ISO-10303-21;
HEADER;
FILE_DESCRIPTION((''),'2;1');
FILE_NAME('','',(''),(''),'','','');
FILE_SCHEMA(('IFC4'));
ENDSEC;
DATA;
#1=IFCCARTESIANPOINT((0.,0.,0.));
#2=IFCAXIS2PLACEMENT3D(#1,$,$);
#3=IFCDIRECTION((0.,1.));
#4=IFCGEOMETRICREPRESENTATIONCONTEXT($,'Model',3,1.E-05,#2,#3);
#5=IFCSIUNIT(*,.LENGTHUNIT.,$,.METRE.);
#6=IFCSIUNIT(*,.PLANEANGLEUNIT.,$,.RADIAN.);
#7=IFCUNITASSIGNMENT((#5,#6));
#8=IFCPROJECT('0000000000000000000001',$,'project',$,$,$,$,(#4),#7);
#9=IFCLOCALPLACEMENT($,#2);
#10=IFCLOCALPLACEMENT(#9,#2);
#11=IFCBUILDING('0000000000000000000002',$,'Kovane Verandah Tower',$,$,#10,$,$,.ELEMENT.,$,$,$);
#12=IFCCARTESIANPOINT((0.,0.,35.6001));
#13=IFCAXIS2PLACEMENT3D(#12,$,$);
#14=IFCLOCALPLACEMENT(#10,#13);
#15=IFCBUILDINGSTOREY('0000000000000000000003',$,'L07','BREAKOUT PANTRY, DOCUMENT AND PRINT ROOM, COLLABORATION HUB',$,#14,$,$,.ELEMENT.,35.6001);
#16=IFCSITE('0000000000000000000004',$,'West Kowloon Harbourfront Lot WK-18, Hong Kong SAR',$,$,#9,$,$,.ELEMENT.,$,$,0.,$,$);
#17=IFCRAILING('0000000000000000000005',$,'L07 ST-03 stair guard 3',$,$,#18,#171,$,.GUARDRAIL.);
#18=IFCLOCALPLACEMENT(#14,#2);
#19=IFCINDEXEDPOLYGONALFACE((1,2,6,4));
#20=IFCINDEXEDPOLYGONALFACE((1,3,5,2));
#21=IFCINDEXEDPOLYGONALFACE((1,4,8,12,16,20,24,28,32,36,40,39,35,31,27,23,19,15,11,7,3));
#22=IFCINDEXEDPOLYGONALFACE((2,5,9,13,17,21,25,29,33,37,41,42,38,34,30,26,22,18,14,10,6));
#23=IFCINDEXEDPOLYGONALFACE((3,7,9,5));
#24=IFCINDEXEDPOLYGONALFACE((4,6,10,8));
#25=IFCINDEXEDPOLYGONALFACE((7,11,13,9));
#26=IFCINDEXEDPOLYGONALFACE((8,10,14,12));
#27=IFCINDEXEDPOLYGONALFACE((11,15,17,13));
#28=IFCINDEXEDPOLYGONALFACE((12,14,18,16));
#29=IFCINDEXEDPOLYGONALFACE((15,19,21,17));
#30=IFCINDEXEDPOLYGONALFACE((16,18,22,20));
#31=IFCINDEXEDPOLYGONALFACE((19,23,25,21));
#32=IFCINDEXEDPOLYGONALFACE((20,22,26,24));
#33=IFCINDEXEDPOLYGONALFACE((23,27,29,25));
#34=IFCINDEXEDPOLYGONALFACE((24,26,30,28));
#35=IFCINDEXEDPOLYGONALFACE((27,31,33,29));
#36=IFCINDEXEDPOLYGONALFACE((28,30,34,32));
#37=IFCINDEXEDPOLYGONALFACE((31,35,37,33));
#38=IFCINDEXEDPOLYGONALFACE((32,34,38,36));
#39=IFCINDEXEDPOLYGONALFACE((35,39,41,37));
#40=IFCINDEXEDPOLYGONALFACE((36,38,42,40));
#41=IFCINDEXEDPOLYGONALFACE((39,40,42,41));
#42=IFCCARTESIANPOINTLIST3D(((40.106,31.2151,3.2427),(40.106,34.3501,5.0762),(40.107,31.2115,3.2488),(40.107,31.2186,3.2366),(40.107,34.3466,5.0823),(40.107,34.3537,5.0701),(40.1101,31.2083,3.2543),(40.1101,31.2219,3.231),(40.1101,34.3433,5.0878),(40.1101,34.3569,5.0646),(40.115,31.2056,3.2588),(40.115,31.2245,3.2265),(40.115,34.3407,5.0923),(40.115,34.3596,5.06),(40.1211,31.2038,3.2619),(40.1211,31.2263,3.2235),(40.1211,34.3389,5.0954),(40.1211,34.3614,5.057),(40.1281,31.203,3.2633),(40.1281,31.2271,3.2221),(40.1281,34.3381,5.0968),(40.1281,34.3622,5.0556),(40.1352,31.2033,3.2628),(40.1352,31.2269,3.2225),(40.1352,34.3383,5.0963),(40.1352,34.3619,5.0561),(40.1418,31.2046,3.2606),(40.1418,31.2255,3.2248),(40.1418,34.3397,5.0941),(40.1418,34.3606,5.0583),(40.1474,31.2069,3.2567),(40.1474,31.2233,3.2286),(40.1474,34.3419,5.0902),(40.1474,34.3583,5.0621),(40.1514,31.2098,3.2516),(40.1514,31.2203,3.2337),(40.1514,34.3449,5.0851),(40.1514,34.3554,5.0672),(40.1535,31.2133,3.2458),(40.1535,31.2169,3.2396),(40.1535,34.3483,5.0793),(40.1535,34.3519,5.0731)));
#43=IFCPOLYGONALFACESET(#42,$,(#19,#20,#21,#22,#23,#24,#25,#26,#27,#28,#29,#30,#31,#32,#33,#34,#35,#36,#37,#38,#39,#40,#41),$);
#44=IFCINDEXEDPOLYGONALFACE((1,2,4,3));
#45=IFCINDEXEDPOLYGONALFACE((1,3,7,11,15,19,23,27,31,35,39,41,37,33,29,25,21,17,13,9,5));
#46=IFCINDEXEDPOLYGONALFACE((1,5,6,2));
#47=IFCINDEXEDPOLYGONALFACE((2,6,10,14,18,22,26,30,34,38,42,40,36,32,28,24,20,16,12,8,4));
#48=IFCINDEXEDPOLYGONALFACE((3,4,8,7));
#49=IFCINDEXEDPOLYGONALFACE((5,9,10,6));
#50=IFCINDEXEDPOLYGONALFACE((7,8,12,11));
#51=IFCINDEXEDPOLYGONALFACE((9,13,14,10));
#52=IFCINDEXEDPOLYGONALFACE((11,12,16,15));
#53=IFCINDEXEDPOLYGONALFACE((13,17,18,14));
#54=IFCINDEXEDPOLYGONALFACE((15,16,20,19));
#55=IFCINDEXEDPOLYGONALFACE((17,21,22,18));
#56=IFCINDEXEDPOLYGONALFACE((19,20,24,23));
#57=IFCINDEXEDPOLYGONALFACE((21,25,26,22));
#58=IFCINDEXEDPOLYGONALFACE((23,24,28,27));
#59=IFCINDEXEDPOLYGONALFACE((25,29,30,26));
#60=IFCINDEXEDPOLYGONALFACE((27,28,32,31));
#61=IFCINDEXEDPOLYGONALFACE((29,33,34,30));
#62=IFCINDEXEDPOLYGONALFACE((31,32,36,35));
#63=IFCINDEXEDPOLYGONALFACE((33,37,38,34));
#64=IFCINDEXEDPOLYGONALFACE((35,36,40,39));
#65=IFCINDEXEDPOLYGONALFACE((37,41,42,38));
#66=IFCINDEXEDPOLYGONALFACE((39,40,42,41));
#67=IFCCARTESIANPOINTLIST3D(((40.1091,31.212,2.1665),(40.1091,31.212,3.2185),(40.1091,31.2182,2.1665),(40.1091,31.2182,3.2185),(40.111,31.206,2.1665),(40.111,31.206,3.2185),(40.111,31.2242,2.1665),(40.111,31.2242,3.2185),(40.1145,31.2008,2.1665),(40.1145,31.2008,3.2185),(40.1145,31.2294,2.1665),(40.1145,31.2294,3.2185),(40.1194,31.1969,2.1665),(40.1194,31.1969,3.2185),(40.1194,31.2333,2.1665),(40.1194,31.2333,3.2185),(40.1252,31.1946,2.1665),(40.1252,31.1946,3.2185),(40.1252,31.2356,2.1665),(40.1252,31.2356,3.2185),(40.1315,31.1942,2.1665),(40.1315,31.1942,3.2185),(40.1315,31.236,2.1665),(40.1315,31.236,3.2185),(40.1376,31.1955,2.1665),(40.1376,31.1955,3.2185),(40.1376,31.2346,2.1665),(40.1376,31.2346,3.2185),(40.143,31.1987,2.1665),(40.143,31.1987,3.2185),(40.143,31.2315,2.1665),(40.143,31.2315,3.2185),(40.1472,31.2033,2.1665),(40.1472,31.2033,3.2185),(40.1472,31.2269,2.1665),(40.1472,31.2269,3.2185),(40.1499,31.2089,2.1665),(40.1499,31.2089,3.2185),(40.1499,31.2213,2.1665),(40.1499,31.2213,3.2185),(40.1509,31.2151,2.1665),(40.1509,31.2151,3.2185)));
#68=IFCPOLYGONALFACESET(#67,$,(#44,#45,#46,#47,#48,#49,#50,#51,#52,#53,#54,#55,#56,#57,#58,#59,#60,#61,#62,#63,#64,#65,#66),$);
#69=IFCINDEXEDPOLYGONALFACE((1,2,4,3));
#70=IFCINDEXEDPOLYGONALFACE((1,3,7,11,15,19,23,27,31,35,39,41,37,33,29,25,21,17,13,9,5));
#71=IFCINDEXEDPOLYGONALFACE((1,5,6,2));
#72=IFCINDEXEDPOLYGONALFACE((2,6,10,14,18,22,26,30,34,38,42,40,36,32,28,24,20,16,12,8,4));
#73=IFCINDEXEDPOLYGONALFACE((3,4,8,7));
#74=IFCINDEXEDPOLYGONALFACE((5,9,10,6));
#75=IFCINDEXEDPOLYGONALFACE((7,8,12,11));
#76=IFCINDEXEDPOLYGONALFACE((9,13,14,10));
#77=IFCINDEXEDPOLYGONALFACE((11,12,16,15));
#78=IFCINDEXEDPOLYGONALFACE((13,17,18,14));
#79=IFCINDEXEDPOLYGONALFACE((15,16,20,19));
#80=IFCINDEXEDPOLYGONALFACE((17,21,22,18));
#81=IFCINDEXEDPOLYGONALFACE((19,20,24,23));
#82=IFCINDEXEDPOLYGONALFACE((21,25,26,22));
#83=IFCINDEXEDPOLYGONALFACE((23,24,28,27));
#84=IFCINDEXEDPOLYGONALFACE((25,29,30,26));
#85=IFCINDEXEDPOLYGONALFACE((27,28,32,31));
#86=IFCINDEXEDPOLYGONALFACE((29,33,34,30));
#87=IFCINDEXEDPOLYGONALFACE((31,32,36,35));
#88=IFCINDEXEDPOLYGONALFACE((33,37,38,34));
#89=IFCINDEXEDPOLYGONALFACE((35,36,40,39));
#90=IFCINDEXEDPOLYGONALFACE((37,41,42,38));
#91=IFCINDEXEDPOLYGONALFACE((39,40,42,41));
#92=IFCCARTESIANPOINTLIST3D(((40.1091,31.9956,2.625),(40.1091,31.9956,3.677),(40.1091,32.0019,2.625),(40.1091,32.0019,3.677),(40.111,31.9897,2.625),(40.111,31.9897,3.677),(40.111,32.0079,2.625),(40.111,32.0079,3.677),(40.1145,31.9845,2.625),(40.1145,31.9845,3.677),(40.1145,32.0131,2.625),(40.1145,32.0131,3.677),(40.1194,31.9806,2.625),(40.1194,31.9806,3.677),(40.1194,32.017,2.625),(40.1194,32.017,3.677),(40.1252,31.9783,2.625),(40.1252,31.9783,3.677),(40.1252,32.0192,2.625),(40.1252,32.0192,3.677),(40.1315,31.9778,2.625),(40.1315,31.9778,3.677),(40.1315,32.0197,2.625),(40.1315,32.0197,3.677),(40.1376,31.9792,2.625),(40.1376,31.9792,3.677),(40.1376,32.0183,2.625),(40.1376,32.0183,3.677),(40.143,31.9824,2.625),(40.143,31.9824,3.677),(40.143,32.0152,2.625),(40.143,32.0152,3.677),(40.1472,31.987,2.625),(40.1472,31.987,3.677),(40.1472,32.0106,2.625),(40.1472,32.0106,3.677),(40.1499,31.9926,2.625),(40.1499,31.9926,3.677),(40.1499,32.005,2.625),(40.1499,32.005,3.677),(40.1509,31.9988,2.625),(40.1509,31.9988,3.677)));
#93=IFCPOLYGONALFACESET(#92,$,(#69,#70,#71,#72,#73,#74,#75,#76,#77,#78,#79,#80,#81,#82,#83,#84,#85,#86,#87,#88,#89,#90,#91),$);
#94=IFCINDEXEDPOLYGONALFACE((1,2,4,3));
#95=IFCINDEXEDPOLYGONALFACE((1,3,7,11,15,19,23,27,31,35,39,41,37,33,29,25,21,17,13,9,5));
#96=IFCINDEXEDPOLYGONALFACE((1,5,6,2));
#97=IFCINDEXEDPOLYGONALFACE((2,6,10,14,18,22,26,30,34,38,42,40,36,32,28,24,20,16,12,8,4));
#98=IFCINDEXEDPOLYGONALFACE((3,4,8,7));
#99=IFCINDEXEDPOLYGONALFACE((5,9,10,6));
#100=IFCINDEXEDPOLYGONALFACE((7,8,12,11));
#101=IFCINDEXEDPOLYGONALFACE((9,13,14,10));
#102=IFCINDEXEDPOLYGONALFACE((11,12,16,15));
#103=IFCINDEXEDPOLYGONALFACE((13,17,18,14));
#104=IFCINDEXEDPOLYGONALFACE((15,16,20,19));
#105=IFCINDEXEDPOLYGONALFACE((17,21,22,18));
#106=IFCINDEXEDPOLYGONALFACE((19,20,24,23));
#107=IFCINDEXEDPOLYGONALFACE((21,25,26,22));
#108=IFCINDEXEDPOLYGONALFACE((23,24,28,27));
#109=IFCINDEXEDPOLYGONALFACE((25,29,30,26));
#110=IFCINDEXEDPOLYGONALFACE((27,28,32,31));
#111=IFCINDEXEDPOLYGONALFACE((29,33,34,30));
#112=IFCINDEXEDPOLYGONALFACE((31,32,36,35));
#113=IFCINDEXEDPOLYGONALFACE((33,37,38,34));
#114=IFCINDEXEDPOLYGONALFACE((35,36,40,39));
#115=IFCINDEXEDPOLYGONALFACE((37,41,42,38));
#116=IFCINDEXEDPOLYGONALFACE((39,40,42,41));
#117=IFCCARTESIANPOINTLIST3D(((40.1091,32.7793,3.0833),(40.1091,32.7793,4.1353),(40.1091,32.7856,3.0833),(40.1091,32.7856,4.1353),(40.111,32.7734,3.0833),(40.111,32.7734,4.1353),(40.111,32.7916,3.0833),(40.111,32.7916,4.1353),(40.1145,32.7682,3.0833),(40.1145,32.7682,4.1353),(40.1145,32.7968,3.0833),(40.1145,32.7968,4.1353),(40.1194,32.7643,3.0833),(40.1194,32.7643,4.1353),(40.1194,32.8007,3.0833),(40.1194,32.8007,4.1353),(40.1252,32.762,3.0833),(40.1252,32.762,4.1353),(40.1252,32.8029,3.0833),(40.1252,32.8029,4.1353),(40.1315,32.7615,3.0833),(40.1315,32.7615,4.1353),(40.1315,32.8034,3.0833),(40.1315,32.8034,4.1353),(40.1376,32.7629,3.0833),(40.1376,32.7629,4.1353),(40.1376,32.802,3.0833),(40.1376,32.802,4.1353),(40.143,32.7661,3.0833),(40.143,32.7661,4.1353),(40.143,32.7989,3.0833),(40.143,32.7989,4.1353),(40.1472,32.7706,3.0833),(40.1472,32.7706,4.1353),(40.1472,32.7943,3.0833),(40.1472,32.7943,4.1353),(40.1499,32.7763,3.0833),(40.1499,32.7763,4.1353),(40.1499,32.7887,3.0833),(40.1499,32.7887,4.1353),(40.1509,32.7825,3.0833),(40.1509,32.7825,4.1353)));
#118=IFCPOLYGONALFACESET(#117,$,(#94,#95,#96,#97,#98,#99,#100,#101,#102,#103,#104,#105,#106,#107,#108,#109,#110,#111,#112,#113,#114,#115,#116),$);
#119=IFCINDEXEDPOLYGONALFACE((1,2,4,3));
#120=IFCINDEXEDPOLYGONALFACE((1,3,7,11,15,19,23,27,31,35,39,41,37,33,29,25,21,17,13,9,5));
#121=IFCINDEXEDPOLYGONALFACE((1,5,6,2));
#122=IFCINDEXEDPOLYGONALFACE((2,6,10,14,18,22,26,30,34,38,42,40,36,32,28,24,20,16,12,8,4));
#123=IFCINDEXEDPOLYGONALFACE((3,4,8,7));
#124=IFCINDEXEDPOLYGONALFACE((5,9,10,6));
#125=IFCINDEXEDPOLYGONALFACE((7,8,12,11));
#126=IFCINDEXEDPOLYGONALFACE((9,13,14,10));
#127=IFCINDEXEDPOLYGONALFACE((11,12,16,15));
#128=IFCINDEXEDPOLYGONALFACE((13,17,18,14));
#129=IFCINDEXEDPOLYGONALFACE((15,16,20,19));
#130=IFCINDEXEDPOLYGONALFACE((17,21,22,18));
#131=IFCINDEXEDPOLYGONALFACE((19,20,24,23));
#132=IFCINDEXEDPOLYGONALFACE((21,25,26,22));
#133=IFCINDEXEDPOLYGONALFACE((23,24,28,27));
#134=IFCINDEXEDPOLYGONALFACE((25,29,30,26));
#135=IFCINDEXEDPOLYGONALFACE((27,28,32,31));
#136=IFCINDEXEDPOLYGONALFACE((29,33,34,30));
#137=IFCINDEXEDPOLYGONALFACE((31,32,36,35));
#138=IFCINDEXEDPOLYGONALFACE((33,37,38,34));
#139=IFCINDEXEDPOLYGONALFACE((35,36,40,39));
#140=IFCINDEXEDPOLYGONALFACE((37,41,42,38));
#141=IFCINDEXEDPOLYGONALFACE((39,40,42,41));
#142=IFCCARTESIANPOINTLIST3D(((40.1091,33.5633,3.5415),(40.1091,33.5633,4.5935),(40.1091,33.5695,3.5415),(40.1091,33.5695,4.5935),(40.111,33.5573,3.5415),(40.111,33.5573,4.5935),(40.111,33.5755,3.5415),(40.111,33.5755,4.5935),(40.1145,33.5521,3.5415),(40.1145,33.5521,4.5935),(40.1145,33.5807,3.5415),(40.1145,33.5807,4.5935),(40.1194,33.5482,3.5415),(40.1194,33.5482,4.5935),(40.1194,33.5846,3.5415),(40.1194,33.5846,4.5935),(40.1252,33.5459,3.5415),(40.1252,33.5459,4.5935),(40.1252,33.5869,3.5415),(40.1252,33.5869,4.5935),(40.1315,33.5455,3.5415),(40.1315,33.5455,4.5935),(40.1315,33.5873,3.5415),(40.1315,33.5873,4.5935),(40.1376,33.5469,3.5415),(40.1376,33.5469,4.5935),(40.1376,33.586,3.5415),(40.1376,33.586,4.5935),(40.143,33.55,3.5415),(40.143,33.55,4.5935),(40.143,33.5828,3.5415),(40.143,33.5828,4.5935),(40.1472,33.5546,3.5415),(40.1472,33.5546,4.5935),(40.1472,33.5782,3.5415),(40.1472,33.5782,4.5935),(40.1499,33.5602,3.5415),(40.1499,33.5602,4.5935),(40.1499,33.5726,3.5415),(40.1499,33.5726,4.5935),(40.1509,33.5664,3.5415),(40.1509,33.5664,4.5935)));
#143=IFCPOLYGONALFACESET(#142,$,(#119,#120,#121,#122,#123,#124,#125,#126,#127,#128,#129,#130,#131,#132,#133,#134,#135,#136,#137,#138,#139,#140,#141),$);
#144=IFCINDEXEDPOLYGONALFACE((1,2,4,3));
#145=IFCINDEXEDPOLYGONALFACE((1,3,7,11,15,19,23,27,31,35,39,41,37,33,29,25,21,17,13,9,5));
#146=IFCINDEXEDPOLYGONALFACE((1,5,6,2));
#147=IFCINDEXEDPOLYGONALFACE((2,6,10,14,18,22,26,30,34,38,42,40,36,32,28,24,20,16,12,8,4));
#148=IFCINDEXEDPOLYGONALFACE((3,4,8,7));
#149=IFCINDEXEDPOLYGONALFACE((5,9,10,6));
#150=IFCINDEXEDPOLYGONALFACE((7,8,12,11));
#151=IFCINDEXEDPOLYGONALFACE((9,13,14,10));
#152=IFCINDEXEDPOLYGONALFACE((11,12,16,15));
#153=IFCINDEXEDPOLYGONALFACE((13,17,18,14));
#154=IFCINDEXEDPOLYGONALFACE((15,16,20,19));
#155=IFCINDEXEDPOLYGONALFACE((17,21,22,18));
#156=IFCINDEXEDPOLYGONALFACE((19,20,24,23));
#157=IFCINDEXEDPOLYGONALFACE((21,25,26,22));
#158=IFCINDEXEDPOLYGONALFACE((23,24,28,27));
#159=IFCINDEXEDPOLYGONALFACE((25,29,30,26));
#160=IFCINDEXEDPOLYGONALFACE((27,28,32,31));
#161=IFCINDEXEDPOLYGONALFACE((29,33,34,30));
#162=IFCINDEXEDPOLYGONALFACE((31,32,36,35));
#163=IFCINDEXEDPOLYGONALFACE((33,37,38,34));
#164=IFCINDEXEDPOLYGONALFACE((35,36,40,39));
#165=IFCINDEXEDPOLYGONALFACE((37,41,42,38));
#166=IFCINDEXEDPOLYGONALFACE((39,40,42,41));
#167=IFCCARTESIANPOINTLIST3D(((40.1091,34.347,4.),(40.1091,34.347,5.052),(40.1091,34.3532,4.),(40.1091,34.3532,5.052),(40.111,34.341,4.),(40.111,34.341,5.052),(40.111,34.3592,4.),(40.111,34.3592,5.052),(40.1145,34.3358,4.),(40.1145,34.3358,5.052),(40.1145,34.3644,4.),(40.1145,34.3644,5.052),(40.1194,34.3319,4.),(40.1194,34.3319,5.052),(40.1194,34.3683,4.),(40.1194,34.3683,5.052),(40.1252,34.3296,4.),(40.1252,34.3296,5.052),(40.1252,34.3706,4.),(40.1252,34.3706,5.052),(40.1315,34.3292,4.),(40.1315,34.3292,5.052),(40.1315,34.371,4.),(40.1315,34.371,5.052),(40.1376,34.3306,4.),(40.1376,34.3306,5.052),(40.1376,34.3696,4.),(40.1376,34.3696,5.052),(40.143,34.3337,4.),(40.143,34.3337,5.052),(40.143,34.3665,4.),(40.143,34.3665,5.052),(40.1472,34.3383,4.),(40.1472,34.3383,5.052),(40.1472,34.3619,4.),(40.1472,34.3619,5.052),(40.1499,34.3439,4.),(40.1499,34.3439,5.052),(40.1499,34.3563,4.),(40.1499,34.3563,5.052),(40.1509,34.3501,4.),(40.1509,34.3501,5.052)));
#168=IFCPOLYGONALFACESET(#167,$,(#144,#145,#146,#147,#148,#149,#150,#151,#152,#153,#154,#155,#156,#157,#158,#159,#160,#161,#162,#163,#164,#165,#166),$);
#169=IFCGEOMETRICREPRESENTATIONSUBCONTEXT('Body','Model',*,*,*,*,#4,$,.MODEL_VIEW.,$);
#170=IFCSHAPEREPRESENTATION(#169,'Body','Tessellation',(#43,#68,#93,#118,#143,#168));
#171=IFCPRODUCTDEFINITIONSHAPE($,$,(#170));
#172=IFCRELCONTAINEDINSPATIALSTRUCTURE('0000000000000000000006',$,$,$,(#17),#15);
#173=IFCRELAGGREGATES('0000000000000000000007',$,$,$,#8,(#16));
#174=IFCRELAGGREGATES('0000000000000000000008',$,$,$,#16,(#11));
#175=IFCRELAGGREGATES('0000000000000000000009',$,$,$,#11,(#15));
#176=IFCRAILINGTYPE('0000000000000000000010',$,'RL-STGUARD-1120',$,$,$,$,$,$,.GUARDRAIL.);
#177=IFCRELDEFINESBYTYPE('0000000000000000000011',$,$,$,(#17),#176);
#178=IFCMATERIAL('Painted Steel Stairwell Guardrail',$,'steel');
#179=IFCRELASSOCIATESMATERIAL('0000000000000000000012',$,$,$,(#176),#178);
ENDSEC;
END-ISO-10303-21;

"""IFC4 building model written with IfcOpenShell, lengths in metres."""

from ifc_helpers import new_model, si_unit, direction, frame, origin, origin_2d, place, context, subcontext, project, spatial, circle, extrude, material, type_object, element, save


model = new_model("IFC4")

# Units and contexts
model_context = context("Model", 3, precision=1e-05, world=origin(), true_north=direction((0.0, 1.0)))
body_context = subcontext(model_context, "Body", "Model", "MODEL_VIEW")
ifc_project = project(units=[si_unit("LENGTHUNIT", "METRE"), si_unit("PLANEANGLEUNIT", "RADIAN")], contexts=[model_context])

# Site, building, storey
site_placement = place(None, origin())
site = spatial("IfcSite", under=ifc_project, at=site_placement, Name="West Kowloon Harbourfront Lot WK-18, Hong Kong SAR", CompositionType="ELEMENT", RefElevation=0.0)
building_placement = place(site_placement, origin())
building = spatial("IfcBuilding", under=site, at=building_placement, Name="Kovane Verandah Tower", CompositionType="ELEMENT")
storey_placement = place(building_placement, frame((0.0, 0.0, 35.6001)))
storey = spatial("IfcBuildingStorey", under=building, at=storey_placement, Name="L07", Description="BREAKOUT PANTRY, DOCUMENT AND PRINT ROOM, COLLABORATION HUB", CompositionType="ELEMENT", Elevation=35.6001)

# Railing
ifc_material_1 = material(Name="Painted Steel Stairwell Guardrail", Category="steel")
railing_type_1 = type_object("IfcRailingType", Name="RL-STGUARD-1120", PredefinedType="GUARDRAIL", material=ifc_material_1)
railing_1_placement = place(storey_placement, frame((40.1299, 31.2151, 2.1665)))
element("IfcRailing", 1, at=railing_1_placement, inside=storey, type_object=railing_type_1, Name="L07 ST-03 stair guard 3", PredefinedType="GUARDRAIL", context=body_context, shape_type="SweptSolid", body=[
    extrude(circle(Radius=0.0239, at=origin_2d()), frame((0.0, 0.0, 1.0762), z_axis=(0.0, 0.86321, 0.504845), x_axis=(-1.0, 0.0, 0.0)), (0.0, 0.0, 1.0), 3.6318),
    extrude(circle(Radius=0.021, at=origin_2d()), origin(), (0.0, 0.0, 1.0), 1.052),
    extrude(circle(Radius=0.021, at=origin_2d()), frame((0.0, 0.7837, 0.4585)), (0.0, 0.0, 1.0), 1.052),
    extrude(circle(Radius=0.021, at=origin_2d()), frame((0.0, 1.5674, 0.9167)), (0.0, 0.0, 1.0), 1.052),
    extrude(circle(Radius=0.021, at=origin_2d()), frame((0.0, 2.3513, 1.375)), (0.0, 0.0, 1.0), 1.052),
    extrude(circle(Radius=0.021, at=origin_2d()), frame((0.0, 3.135, 1.8335)), (0.0, 0.0, 1.0), 1.052),
])

save(model, "model.ifc")
